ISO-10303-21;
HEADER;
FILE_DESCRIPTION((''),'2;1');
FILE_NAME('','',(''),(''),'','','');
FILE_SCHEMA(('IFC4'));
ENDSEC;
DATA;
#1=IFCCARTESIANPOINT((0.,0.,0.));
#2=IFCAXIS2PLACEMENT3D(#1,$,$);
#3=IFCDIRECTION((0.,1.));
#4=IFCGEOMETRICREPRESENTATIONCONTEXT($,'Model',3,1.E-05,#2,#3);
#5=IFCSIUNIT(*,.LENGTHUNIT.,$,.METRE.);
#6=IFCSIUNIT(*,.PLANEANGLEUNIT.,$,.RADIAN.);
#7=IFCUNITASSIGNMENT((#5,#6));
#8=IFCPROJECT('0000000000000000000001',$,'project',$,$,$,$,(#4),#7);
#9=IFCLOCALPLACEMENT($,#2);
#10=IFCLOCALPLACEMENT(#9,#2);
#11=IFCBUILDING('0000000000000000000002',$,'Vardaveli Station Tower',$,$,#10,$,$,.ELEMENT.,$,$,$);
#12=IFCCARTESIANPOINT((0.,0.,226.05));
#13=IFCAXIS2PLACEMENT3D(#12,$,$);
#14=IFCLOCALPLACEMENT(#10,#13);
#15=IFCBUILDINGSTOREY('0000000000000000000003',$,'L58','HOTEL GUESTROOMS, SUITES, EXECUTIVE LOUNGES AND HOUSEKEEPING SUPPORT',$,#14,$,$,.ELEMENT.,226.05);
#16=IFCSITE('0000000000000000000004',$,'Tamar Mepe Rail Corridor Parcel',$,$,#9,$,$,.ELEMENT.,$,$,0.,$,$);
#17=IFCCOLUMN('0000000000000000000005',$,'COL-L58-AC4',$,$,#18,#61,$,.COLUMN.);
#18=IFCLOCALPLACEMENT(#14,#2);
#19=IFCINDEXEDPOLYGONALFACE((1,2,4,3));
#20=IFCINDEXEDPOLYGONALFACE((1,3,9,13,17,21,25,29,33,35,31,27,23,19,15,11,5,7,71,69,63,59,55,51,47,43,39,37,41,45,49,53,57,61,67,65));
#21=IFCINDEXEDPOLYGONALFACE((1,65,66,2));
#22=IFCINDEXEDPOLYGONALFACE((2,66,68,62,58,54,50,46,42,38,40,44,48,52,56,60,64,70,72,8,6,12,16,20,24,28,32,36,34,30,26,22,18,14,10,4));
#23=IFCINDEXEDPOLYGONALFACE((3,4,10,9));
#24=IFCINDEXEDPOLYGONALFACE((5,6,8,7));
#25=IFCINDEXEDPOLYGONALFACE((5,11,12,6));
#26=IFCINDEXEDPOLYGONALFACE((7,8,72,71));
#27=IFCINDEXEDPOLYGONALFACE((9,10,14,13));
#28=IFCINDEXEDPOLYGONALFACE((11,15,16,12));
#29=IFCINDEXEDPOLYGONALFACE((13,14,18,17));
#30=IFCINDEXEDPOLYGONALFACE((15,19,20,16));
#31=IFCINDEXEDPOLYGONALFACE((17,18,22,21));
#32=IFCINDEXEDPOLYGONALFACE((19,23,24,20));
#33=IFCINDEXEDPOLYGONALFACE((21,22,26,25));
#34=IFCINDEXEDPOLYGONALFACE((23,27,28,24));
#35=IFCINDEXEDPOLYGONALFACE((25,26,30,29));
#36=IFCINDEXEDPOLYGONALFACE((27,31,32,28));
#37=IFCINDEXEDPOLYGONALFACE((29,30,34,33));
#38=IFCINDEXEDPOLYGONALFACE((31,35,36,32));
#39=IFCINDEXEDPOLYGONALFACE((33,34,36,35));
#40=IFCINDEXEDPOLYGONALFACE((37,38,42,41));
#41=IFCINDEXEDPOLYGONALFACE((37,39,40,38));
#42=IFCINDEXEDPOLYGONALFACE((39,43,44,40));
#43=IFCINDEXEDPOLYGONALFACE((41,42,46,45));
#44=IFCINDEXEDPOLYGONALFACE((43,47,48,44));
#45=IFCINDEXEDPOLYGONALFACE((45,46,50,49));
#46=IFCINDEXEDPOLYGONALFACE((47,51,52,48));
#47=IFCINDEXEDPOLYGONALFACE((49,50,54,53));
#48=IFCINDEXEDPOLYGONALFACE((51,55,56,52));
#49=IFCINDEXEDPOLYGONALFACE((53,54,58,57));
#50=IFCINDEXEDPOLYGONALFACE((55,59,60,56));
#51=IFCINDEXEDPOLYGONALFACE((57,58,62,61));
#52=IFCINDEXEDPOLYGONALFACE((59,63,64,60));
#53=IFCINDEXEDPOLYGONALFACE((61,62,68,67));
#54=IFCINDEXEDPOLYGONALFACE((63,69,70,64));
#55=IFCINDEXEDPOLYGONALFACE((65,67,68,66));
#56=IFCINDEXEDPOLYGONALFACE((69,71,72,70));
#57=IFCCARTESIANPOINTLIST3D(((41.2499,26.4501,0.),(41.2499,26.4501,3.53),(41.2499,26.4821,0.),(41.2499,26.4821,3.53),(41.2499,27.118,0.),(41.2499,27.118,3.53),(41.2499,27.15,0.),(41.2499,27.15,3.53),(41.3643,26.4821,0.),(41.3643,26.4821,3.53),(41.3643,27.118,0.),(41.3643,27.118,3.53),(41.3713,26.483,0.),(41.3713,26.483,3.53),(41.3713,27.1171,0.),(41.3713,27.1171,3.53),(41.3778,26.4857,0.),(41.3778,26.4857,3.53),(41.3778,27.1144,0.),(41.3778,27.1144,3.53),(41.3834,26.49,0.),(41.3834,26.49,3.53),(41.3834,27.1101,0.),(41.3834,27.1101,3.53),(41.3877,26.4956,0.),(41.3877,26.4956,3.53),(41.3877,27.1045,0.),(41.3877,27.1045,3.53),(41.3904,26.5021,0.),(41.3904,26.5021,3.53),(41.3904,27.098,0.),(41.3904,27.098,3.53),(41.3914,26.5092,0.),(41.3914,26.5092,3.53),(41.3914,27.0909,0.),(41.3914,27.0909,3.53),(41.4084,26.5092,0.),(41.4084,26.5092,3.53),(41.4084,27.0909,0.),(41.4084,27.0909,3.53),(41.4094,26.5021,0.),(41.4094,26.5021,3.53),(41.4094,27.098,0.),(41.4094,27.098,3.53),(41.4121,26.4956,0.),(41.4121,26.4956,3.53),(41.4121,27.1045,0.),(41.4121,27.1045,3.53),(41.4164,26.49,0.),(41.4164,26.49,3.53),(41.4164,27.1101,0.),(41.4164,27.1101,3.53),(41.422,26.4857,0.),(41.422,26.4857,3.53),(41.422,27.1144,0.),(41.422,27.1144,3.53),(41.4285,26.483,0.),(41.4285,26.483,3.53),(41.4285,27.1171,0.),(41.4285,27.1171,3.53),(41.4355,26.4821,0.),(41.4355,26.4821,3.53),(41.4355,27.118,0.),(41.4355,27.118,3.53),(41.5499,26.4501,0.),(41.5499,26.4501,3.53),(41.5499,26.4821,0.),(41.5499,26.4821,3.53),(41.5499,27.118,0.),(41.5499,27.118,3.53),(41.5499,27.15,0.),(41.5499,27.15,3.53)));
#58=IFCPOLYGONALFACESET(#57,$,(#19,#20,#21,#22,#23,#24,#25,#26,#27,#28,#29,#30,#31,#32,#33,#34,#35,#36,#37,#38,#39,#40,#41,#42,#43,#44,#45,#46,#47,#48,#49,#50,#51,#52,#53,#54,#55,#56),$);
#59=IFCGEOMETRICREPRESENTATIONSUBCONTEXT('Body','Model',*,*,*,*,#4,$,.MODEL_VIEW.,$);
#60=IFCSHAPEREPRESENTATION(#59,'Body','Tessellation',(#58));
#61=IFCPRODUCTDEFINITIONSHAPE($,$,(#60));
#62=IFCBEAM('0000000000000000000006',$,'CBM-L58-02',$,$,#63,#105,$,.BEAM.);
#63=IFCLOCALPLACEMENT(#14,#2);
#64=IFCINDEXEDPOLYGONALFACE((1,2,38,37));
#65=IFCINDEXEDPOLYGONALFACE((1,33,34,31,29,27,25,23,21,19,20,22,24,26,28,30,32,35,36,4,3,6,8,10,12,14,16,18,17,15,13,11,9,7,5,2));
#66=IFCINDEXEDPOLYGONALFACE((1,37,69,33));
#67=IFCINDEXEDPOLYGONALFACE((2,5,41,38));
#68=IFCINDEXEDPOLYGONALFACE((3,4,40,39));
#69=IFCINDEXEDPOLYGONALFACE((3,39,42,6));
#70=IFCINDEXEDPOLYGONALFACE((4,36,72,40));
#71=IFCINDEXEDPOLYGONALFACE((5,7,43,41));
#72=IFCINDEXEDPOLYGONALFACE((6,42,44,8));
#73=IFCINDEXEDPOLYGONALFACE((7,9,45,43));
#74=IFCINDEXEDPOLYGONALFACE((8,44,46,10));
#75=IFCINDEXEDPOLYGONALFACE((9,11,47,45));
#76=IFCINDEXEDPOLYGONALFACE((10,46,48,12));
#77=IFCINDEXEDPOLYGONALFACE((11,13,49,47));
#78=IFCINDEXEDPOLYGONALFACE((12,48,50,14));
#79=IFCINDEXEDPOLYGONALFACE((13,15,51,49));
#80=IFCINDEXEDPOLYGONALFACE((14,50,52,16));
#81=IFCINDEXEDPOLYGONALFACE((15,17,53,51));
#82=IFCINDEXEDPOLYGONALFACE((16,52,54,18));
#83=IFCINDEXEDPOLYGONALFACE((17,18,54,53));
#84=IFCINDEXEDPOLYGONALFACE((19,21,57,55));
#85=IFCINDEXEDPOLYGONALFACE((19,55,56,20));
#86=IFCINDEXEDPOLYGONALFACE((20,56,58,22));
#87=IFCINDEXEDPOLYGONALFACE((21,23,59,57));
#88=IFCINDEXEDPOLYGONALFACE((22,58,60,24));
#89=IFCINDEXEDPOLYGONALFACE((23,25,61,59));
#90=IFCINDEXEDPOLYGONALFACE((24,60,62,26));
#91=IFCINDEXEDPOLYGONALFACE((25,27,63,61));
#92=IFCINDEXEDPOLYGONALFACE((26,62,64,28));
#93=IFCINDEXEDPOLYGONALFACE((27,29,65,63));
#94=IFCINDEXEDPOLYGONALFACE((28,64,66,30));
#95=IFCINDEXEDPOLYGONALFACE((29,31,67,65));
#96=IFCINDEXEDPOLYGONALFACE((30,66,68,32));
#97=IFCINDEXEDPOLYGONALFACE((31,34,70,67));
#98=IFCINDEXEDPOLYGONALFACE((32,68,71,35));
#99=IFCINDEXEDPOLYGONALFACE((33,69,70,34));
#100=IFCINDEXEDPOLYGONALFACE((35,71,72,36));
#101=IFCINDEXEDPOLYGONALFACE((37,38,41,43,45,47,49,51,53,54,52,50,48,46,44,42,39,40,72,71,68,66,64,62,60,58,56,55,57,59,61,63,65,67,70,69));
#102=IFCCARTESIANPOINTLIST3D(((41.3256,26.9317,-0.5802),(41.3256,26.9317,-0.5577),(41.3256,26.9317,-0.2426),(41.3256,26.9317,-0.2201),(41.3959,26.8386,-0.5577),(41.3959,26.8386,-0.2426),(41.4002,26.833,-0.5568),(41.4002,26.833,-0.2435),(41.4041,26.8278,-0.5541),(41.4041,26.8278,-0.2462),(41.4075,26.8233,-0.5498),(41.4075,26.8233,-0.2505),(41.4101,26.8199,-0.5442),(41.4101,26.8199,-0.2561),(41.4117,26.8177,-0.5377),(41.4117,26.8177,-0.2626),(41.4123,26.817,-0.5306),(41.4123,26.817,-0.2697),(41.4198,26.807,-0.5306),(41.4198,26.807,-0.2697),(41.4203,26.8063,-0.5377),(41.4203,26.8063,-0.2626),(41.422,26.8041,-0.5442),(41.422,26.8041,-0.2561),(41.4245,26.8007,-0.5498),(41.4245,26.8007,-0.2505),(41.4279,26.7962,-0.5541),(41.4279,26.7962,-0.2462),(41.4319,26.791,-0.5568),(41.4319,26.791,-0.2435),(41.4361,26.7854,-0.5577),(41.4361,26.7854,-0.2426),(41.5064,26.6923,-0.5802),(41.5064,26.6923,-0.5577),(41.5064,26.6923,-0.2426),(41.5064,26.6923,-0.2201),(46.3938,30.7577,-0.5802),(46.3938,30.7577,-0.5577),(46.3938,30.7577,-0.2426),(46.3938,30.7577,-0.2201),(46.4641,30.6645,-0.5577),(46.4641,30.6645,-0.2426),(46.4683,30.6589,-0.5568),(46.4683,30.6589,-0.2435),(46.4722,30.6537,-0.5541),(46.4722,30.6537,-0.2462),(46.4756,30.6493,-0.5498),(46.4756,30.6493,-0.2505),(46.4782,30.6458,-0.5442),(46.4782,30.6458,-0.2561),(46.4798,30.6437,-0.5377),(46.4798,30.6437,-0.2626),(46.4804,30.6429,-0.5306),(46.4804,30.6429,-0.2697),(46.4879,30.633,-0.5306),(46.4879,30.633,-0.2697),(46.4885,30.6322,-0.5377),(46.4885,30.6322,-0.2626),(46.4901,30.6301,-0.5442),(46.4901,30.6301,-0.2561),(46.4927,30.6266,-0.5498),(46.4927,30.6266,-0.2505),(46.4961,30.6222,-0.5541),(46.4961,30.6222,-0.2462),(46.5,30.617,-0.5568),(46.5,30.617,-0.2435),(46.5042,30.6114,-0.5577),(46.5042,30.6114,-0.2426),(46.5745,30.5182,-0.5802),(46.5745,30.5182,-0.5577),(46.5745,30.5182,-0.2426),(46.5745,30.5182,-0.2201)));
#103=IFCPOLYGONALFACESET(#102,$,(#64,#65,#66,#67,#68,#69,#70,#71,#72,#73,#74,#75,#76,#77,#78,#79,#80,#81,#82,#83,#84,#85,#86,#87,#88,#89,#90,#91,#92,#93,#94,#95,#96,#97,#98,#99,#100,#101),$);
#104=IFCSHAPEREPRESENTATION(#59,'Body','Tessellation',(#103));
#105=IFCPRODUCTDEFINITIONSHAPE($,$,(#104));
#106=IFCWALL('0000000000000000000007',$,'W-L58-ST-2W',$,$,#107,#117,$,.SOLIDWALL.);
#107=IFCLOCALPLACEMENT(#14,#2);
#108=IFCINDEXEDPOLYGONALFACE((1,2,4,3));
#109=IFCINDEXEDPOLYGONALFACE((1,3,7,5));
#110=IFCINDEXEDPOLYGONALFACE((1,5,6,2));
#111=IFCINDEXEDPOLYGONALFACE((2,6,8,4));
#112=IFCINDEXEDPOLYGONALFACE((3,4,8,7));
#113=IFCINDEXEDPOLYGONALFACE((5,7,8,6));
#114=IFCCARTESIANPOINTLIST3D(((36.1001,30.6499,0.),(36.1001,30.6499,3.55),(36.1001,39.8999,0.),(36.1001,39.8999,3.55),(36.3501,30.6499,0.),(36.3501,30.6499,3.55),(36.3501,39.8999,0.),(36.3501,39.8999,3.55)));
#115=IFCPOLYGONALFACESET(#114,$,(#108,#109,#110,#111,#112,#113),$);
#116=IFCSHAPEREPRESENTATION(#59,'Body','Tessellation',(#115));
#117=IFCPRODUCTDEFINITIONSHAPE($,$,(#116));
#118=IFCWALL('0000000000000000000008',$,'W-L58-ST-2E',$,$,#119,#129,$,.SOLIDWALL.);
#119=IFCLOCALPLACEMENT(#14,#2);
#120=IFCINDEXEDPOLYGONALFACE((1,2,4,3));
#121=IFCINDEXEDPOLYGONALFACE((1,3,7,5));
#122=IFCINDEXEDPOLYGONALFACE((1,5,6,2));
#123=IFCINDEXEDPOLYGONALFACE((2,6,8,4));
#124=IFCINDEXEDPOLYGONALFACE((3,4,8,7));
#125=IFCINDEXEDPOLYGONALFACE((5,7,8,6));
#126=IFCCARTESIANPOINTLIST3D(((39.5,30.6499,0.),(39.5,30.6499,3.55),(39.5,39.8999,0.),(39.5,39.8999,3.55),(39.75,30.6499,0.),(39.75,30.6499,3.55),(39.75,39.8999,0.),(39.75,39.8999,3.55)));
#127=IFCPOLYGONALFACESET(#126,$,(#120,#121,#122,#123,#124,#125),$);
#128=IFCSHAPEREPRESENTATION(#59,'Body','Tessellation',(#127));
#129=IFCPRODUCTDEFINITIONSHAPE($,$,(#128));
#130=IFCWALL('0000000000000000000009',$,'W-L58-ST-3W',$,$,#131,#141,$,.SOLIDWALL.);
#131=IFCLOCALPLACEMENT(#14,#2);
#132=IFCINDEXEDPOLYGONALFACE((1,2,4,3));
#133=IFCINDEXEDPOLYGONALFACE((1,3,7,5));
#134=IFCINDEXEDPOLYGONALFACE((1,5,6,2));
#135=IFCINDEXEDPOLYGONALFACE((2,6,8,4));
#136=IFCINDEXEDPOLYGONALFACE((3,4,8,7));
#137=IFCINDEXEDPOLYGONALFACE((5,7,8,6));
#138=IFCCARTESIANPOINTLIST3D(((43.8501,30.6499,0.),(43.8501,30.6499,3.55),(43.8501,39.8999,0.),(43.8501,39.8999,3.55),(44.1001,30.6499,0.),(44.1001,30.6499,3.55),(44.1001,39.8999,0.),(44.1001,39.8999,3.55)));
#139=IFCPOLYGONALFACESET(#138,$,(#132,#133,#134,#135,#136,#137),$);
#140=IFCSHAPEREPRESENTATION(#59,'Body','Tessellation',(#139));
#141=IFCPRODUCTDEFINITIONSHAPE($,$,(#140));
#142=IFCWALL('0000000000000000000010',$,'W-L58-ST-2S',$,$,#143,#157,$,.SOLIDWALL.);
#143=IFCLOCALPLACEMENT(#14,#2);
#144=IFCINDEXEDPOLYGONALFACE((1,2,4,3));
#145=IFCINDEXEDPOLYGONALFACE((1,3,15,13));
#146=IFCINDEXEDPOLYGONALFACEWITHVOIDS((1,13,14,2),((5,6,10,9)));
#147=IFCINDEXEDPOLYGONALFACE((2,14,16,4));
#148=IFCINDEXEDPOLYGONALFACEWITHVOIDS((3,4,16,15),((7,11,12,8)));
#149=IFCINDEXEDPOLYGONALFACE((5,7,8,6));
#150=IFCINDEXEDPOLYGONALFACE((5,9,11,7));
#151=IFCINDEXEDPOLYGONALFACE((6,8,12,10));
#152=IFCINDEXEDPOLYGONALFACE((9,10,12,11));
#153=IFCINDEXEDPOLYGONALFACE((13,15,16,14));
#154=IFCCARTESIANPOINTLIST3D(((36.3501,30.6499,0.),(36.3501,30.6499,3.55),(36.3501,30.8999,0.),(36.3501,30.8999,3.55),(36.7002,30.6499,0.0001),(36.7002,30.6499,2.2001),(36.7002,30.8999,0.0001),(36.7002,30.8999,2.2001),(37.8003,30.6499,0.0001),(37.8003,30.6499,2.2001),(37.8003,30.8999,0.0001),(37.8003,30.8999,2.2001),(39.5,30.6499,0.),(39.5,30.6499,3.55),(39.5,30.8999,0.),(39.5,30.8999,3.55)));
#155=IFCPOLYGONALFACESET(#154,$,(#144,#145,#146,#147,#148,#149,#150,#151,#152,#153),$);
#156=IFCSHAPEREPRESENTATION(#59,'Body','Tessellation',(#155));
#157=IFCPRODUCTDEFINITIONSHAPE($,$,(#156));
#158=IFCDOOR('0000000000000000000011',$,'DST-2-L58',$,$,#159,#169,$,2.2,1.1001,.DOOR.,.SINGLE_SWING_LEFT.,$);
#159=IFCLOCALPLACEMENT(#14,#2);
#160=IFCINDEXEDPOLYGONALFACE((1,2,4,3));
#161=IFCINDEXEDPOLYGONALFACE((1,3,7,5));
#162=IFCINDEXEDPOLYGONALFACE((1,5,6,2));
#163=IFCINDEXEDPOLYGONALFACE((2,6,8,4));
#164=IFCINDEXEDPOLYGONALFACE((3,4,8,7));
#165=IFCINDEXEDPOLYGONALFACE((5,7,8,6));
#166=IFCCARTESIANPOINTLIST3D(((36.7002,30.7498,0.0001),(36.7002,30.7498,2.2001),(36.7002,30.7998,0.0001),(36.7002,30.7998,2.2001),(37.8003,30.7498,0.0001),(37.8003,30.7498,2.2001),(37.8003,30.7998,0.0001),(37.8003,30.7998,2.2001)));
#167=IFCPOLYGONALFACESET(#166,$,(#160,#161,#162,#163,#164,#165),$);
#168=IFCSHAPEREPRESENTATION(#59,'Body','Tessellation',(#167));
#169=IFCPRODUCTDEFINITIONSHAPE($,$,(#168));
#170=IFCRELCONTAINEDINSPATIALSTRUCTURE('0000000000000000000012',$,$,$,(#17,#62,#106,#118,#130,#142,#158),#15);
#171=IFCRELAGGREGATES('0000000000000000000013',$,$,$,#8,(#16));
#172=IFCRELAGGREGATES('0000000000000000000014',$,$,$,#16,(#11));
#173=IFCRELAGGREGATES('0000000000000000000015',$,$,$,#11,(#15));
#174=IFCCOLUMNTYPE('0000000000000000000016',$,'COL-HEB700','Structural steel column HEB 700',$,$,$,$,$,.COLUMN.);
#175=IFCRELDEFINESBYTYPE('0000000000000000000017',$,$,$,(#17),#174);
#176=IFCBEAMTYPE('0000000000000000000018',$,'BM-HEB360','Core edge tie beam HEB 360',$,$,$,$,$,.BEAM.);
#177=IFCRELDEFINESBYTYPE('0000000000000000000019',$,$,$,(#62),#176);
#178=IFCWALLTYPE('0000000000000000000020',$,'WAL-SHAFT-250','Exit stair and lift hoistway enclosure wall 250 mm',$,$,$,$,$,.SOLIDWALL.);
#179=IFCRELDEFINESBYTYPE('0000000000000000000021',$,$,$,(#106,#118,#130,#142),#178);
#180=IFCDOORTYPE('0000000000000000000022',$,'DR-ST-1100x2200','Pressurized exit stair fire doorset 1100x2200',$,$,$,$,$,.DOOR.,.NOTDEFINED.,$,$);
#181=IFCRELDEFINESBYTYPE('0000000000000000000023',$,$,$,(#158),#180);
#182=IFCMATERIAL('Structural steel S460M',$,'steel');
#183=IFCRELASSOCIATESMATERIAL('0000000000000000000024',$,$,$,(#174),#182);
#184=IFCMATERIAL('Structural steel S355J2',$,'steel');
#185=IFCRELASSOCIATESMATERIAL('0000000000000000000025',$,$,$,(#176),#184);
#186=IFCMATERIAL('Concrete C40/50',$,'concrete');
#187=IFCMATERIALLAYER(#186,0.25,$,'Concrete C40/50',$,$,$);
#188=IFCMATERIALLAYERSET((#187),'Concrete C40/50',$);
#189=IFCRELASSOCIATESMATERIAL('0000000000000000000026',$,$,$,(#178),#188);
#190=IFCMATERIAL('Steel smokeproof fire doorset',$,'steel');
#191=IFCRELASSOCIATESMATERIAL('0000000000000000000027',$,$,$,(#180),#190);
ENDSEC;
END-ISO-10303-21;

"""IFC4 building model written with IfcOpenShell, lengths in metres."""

from ifc_helpers import new_model, si_unit, direction, frame, frame_2d, origin, origin_2d, place, context, subcontext, project, spatial, rectangle, i_section, extrude, source, transform, mapped, material, layer, layer_set, material_profile, profile_set, type_object, element, fill, save


model = new_model("IFC4")

# Units and contexts
model_context = context("Model", 3, precision=1e-05, world=origin(), true_north=direction((0.0, 1.0)))
body_context = subcontext(model_context, "Body", "Model", "MODEL_VIEW")
ifc_project = project(units=[si_unit("LENGTHUNIT", "METRE"), si_unit("PLANEANGLEUNIT", "RADIAN")], contexts=[model_context])

# Site, building, storey
site_placement = place(None, origin())
site = spatial("IfcSite", under=ifc_project, at=site_placement, Name="Tamar Mepe Rail Corridor Parcel", CompositionType="ELEMENT", RefElevation=0.0)
building_placement = place(site_placement, origin())
building = spatial("IfcBuilding", under=site, at=building_placement, Name="Vardaveli Station Tower", CompositionType="ELEMENT")
storey_placement = place(building_placement, frame((0.0, 0.0, 226.05)))
storey = spatial("IfcBuildingStorey", under=building, at=storey_placement, Name="L58", Description="HOTEL GUESTROOMS, SUITES, EXECUTIVE LOUNGES AND HOUSEKEEPING SUPPORT", CompositionType="ELEMENT", Elevation=226.05)

# Column
ifc_material_1 = material(Name="Structural steel S460M", Category="steel")
ifc_material_profile_1 = material_profile(ifc_material_1, i_section(OverallWidth=0.3, OverallDepth=0.7, WebThickness=0.0171, FlangeThickness=0.032, FilletRadius=0.0271, at=origin_2d()), Name="HEB 700")
ifc_profile_set_1 = profile_set([ifc_material_profile_1], Name="Structural steel S460M")
column_type = type_object("IfcColumnType", Name="COL-HEB700", Description="Structural steel column HEB 700", PredefinedType="COLUMN", material=ifc_profile_set_1)
shared_shape_1 = source(origin(), body_context, "Body", "SweptSolid", [
    extrude(i_section(OverallWidth=0.3, OverallDepth=0.7, WebThickness=0.0171, FlangeThickness=0.032, FilletRadius=0.0271, at=origin_2d()), origin(), (0.0, 0.0, 1.0), 3.53),
])
column_placement = place(storey_placement, frame((41.3999, 26.8, 0.0), z_axis=(0.0, 0.0, 1.0), x_axis=(1.0, 0.0, 0.0)))
element("IfcColumn", 1, at=column_placement, inside=storey, type_object=column_type, Name="COL-L58-AC4", PredefinedType="COLUMN", context=body_context, shape_type="MappedRepresentation", body=[
    mapped(shared_shape_1, transform((0.0, 0.0, 0.0), scale=1.0)),
])

# Beam
ifc_material_2 = material(Name="Structural steel S355J2", Category="steel")
ifc_material_profile_2 = material_profile(ifc_material_2, i_section(OverallWidth=0.3, OverallDepth=0.3601, WebThickness=0.0125, FlangeThickness=0.0225, FilletRadius=0.0271, at=origin_2d()), Name="HEB 360")
ifc_profile_set_2 = profile_set([ifc_material_profile_2], Name="Structural steel S355J2")
beam_type = type_object("IfcBeamType", Name="BM-HEB360", Description="Core edge tie beam HEB 360", PredefinedType="BEAM", material=ifc_profile_set_2)
shared_shape_2 = source(origin(), body_context, "Body", "SweptSolid", [
    extrude(i_section(OverallWidth=0.3, OverallDepth=0.3601, WebThickness=0.0125, FlangeThickness=0.0225, FilletRadius=0.0271, at=origin_2d()), origin(), (0.0, 0.0, 1.0), 6.3501),
])
beam_placement = place(storey_placement, frame((41.416, 26.812, -0.4001), z_axis=(0.798118, 0.602501, 0.0), x_axis=(-0.602501, 0.798118, 0.0)))
element("IfcBeam", 2, at=beam_placement, inside=storey, type_object=beam_type, Name="CBM-L58-02", PredefinedType="BEAM", context=body_context, shape_type="MappedRepresentation", body=[
    mapped(shared_shape_2, transform((0.0, 0.0, 0.0), scale=1.0)),
])

# Walls
ifc_material_3 = material(Name="Concrete C40/50", Category="concrete")
ifc_layer_1 = layer(ifc_material_3, 0.25, Name="Concrete C40/50")
ifc_layer_set_1 = layer_set([ifc_layer_1], Name="Concrete C40/50")
wall_type_1 = type_object("IfcWallType", Name="WAL-SHAFT-250", Description="Exit stair and lift hoistway enclosure wall 250 mm", PredefinedType="SOLIDWALL", material=ifc_layer_set_1)
shared_shape_3 = source(origin(), body_context, "Body", "SweptSolid", [
    extrude(rectangle(XDim=9.25, YDim=0.25, at=frame_2d((4.625, 0.0))), origin(), (0.0, 0.0, 1.0), 3.55),
])
for number, where, z_axis, x_axis, name in (
    (3, (36.2251, 30.6499, 0.0), (0.0, 0.0, 1.0), (0.0, 1.0, 0.0), "W-L58-ST-2W"),
    (4, (39.625, 30.6499, 0.0), (0.0, 0.0, 1.0), (0.0, 1.0, 0.0), "W-L58-ST-2E"),
    (5, (43.9751, 30.6499, 0.0), (0.0, 0.0, 1.0), (0.0, 1.0, 0.0), "W-L58-ST-3W"),
):
    element("IfcWall", number, at=place(storey_placement, frame(where, z_axis=z_axis, x_axis=x_axis)), inside=storey, type_object=wall_type_1, Name=name, PredefinedType="SOLIDWALL", context=body_context, shape_type="MappedRepresentation", body=[
        mapped(shared_shape_3, transform((0.0, 0.0, 0.0), scale=1.0)),
    ])

# Wall, opening, door
shared_shape_4 = source(origin(), body_context, "Body", "SweptSolid", [
    extrude(rectangle(XDim=3.1499, YDim=0.25, at=frame_2d((1.575, 0.0))), origin(), (0.0, 0.0, 1.0), 3.55),
])
wall_1_placement = place(storey_placement, frame((36.3501, 30.7749, 0.0), z_axis=(0.0, 0.0, 1.0), x_axis=(1.0, 0.0, 0.0)))
wall_1 = element("IfcWall", 6, at=wall_1_placement, inside=storey, type_object=wall_type_1, Name="W-L58-ST-2S", PredefinedType="SOLIDWALL", context=body_context, shape_type="MappedRepresentation", body=[
    mapped(shared_shape_4, transform((0.0, 0.0, 0.0), scale=1.0)),
])
shared_shape_5 = source(origin(), body_context, "Body", "SweptSolid", [
    extrude(rectangle(XDim=1.1001, YDim=2.2, at=frame_2d((0.55, 1.1001))), frame((0.0, 0.135, 0.0), z_axis=(0.0, -1.0, 0.0), x_axis=(1.0, 0.0, 0.0)), (0.0, 0.0, 1.0), 0.27),
])
opening_1_placement = place(wall_1_placement, frame((0.3501, 0.0, 0.0)))
opening_1 = element("IfcOpeningElement", 7, at=opening_1_placement, cuts=wall_1, PredefinedType="OPENING", context=body_context, shape_type="MappedRepresentation", body=[
    mapped(shared_shape_5, transform((0.0, 0.0, 0.0), scale=1.0)),
])
ifc_material_4 = material(Name="Steel smokeproof fire doorset", Category="steel")
door_type_1 = type_object("IfcDoorType", Name="DR-ST-1100x2200", Description="Pressurized exit stair fire doorset 1100x2200", OperationType="NOTDEFINED", PredefinedType="DOOR", material=ifc_material_4)
shared_shape_6 = source(origin(), body_context, "Body", "SweptSolid", [
    extrude(rectangle(XDim=1.1001, YDim=2.2, at=frame_2d((0.55, 1.1001))), frame((0.0, 0.0249, 0.0), z_axis=(0.0, -1.0, 0.0), x_axis=(1.0, 0.0, 0.0)), (0.0, 0.0, 1.0), 0.05),
])
door_1_placement = place(opening_1_placement, origin())
door_1 = element("IfcDoor", 8, at=door_1_placement, inside=storey, type_object=door_type_1, Name="DST-2-L58", OperationType="SINGLE_SWING_LEFT", OverallHeight=2.2, OverallWidth=1.1001, PredefinedType="DOOR", context=body_context, shape_type="MappedRepresentation", body=[
    mapped(shared_shape_6, transform((0.0, 0.0, 0.0), scale=1.0)),
])
fill(opening_1, door_1)

save(model, "model.ifc")
